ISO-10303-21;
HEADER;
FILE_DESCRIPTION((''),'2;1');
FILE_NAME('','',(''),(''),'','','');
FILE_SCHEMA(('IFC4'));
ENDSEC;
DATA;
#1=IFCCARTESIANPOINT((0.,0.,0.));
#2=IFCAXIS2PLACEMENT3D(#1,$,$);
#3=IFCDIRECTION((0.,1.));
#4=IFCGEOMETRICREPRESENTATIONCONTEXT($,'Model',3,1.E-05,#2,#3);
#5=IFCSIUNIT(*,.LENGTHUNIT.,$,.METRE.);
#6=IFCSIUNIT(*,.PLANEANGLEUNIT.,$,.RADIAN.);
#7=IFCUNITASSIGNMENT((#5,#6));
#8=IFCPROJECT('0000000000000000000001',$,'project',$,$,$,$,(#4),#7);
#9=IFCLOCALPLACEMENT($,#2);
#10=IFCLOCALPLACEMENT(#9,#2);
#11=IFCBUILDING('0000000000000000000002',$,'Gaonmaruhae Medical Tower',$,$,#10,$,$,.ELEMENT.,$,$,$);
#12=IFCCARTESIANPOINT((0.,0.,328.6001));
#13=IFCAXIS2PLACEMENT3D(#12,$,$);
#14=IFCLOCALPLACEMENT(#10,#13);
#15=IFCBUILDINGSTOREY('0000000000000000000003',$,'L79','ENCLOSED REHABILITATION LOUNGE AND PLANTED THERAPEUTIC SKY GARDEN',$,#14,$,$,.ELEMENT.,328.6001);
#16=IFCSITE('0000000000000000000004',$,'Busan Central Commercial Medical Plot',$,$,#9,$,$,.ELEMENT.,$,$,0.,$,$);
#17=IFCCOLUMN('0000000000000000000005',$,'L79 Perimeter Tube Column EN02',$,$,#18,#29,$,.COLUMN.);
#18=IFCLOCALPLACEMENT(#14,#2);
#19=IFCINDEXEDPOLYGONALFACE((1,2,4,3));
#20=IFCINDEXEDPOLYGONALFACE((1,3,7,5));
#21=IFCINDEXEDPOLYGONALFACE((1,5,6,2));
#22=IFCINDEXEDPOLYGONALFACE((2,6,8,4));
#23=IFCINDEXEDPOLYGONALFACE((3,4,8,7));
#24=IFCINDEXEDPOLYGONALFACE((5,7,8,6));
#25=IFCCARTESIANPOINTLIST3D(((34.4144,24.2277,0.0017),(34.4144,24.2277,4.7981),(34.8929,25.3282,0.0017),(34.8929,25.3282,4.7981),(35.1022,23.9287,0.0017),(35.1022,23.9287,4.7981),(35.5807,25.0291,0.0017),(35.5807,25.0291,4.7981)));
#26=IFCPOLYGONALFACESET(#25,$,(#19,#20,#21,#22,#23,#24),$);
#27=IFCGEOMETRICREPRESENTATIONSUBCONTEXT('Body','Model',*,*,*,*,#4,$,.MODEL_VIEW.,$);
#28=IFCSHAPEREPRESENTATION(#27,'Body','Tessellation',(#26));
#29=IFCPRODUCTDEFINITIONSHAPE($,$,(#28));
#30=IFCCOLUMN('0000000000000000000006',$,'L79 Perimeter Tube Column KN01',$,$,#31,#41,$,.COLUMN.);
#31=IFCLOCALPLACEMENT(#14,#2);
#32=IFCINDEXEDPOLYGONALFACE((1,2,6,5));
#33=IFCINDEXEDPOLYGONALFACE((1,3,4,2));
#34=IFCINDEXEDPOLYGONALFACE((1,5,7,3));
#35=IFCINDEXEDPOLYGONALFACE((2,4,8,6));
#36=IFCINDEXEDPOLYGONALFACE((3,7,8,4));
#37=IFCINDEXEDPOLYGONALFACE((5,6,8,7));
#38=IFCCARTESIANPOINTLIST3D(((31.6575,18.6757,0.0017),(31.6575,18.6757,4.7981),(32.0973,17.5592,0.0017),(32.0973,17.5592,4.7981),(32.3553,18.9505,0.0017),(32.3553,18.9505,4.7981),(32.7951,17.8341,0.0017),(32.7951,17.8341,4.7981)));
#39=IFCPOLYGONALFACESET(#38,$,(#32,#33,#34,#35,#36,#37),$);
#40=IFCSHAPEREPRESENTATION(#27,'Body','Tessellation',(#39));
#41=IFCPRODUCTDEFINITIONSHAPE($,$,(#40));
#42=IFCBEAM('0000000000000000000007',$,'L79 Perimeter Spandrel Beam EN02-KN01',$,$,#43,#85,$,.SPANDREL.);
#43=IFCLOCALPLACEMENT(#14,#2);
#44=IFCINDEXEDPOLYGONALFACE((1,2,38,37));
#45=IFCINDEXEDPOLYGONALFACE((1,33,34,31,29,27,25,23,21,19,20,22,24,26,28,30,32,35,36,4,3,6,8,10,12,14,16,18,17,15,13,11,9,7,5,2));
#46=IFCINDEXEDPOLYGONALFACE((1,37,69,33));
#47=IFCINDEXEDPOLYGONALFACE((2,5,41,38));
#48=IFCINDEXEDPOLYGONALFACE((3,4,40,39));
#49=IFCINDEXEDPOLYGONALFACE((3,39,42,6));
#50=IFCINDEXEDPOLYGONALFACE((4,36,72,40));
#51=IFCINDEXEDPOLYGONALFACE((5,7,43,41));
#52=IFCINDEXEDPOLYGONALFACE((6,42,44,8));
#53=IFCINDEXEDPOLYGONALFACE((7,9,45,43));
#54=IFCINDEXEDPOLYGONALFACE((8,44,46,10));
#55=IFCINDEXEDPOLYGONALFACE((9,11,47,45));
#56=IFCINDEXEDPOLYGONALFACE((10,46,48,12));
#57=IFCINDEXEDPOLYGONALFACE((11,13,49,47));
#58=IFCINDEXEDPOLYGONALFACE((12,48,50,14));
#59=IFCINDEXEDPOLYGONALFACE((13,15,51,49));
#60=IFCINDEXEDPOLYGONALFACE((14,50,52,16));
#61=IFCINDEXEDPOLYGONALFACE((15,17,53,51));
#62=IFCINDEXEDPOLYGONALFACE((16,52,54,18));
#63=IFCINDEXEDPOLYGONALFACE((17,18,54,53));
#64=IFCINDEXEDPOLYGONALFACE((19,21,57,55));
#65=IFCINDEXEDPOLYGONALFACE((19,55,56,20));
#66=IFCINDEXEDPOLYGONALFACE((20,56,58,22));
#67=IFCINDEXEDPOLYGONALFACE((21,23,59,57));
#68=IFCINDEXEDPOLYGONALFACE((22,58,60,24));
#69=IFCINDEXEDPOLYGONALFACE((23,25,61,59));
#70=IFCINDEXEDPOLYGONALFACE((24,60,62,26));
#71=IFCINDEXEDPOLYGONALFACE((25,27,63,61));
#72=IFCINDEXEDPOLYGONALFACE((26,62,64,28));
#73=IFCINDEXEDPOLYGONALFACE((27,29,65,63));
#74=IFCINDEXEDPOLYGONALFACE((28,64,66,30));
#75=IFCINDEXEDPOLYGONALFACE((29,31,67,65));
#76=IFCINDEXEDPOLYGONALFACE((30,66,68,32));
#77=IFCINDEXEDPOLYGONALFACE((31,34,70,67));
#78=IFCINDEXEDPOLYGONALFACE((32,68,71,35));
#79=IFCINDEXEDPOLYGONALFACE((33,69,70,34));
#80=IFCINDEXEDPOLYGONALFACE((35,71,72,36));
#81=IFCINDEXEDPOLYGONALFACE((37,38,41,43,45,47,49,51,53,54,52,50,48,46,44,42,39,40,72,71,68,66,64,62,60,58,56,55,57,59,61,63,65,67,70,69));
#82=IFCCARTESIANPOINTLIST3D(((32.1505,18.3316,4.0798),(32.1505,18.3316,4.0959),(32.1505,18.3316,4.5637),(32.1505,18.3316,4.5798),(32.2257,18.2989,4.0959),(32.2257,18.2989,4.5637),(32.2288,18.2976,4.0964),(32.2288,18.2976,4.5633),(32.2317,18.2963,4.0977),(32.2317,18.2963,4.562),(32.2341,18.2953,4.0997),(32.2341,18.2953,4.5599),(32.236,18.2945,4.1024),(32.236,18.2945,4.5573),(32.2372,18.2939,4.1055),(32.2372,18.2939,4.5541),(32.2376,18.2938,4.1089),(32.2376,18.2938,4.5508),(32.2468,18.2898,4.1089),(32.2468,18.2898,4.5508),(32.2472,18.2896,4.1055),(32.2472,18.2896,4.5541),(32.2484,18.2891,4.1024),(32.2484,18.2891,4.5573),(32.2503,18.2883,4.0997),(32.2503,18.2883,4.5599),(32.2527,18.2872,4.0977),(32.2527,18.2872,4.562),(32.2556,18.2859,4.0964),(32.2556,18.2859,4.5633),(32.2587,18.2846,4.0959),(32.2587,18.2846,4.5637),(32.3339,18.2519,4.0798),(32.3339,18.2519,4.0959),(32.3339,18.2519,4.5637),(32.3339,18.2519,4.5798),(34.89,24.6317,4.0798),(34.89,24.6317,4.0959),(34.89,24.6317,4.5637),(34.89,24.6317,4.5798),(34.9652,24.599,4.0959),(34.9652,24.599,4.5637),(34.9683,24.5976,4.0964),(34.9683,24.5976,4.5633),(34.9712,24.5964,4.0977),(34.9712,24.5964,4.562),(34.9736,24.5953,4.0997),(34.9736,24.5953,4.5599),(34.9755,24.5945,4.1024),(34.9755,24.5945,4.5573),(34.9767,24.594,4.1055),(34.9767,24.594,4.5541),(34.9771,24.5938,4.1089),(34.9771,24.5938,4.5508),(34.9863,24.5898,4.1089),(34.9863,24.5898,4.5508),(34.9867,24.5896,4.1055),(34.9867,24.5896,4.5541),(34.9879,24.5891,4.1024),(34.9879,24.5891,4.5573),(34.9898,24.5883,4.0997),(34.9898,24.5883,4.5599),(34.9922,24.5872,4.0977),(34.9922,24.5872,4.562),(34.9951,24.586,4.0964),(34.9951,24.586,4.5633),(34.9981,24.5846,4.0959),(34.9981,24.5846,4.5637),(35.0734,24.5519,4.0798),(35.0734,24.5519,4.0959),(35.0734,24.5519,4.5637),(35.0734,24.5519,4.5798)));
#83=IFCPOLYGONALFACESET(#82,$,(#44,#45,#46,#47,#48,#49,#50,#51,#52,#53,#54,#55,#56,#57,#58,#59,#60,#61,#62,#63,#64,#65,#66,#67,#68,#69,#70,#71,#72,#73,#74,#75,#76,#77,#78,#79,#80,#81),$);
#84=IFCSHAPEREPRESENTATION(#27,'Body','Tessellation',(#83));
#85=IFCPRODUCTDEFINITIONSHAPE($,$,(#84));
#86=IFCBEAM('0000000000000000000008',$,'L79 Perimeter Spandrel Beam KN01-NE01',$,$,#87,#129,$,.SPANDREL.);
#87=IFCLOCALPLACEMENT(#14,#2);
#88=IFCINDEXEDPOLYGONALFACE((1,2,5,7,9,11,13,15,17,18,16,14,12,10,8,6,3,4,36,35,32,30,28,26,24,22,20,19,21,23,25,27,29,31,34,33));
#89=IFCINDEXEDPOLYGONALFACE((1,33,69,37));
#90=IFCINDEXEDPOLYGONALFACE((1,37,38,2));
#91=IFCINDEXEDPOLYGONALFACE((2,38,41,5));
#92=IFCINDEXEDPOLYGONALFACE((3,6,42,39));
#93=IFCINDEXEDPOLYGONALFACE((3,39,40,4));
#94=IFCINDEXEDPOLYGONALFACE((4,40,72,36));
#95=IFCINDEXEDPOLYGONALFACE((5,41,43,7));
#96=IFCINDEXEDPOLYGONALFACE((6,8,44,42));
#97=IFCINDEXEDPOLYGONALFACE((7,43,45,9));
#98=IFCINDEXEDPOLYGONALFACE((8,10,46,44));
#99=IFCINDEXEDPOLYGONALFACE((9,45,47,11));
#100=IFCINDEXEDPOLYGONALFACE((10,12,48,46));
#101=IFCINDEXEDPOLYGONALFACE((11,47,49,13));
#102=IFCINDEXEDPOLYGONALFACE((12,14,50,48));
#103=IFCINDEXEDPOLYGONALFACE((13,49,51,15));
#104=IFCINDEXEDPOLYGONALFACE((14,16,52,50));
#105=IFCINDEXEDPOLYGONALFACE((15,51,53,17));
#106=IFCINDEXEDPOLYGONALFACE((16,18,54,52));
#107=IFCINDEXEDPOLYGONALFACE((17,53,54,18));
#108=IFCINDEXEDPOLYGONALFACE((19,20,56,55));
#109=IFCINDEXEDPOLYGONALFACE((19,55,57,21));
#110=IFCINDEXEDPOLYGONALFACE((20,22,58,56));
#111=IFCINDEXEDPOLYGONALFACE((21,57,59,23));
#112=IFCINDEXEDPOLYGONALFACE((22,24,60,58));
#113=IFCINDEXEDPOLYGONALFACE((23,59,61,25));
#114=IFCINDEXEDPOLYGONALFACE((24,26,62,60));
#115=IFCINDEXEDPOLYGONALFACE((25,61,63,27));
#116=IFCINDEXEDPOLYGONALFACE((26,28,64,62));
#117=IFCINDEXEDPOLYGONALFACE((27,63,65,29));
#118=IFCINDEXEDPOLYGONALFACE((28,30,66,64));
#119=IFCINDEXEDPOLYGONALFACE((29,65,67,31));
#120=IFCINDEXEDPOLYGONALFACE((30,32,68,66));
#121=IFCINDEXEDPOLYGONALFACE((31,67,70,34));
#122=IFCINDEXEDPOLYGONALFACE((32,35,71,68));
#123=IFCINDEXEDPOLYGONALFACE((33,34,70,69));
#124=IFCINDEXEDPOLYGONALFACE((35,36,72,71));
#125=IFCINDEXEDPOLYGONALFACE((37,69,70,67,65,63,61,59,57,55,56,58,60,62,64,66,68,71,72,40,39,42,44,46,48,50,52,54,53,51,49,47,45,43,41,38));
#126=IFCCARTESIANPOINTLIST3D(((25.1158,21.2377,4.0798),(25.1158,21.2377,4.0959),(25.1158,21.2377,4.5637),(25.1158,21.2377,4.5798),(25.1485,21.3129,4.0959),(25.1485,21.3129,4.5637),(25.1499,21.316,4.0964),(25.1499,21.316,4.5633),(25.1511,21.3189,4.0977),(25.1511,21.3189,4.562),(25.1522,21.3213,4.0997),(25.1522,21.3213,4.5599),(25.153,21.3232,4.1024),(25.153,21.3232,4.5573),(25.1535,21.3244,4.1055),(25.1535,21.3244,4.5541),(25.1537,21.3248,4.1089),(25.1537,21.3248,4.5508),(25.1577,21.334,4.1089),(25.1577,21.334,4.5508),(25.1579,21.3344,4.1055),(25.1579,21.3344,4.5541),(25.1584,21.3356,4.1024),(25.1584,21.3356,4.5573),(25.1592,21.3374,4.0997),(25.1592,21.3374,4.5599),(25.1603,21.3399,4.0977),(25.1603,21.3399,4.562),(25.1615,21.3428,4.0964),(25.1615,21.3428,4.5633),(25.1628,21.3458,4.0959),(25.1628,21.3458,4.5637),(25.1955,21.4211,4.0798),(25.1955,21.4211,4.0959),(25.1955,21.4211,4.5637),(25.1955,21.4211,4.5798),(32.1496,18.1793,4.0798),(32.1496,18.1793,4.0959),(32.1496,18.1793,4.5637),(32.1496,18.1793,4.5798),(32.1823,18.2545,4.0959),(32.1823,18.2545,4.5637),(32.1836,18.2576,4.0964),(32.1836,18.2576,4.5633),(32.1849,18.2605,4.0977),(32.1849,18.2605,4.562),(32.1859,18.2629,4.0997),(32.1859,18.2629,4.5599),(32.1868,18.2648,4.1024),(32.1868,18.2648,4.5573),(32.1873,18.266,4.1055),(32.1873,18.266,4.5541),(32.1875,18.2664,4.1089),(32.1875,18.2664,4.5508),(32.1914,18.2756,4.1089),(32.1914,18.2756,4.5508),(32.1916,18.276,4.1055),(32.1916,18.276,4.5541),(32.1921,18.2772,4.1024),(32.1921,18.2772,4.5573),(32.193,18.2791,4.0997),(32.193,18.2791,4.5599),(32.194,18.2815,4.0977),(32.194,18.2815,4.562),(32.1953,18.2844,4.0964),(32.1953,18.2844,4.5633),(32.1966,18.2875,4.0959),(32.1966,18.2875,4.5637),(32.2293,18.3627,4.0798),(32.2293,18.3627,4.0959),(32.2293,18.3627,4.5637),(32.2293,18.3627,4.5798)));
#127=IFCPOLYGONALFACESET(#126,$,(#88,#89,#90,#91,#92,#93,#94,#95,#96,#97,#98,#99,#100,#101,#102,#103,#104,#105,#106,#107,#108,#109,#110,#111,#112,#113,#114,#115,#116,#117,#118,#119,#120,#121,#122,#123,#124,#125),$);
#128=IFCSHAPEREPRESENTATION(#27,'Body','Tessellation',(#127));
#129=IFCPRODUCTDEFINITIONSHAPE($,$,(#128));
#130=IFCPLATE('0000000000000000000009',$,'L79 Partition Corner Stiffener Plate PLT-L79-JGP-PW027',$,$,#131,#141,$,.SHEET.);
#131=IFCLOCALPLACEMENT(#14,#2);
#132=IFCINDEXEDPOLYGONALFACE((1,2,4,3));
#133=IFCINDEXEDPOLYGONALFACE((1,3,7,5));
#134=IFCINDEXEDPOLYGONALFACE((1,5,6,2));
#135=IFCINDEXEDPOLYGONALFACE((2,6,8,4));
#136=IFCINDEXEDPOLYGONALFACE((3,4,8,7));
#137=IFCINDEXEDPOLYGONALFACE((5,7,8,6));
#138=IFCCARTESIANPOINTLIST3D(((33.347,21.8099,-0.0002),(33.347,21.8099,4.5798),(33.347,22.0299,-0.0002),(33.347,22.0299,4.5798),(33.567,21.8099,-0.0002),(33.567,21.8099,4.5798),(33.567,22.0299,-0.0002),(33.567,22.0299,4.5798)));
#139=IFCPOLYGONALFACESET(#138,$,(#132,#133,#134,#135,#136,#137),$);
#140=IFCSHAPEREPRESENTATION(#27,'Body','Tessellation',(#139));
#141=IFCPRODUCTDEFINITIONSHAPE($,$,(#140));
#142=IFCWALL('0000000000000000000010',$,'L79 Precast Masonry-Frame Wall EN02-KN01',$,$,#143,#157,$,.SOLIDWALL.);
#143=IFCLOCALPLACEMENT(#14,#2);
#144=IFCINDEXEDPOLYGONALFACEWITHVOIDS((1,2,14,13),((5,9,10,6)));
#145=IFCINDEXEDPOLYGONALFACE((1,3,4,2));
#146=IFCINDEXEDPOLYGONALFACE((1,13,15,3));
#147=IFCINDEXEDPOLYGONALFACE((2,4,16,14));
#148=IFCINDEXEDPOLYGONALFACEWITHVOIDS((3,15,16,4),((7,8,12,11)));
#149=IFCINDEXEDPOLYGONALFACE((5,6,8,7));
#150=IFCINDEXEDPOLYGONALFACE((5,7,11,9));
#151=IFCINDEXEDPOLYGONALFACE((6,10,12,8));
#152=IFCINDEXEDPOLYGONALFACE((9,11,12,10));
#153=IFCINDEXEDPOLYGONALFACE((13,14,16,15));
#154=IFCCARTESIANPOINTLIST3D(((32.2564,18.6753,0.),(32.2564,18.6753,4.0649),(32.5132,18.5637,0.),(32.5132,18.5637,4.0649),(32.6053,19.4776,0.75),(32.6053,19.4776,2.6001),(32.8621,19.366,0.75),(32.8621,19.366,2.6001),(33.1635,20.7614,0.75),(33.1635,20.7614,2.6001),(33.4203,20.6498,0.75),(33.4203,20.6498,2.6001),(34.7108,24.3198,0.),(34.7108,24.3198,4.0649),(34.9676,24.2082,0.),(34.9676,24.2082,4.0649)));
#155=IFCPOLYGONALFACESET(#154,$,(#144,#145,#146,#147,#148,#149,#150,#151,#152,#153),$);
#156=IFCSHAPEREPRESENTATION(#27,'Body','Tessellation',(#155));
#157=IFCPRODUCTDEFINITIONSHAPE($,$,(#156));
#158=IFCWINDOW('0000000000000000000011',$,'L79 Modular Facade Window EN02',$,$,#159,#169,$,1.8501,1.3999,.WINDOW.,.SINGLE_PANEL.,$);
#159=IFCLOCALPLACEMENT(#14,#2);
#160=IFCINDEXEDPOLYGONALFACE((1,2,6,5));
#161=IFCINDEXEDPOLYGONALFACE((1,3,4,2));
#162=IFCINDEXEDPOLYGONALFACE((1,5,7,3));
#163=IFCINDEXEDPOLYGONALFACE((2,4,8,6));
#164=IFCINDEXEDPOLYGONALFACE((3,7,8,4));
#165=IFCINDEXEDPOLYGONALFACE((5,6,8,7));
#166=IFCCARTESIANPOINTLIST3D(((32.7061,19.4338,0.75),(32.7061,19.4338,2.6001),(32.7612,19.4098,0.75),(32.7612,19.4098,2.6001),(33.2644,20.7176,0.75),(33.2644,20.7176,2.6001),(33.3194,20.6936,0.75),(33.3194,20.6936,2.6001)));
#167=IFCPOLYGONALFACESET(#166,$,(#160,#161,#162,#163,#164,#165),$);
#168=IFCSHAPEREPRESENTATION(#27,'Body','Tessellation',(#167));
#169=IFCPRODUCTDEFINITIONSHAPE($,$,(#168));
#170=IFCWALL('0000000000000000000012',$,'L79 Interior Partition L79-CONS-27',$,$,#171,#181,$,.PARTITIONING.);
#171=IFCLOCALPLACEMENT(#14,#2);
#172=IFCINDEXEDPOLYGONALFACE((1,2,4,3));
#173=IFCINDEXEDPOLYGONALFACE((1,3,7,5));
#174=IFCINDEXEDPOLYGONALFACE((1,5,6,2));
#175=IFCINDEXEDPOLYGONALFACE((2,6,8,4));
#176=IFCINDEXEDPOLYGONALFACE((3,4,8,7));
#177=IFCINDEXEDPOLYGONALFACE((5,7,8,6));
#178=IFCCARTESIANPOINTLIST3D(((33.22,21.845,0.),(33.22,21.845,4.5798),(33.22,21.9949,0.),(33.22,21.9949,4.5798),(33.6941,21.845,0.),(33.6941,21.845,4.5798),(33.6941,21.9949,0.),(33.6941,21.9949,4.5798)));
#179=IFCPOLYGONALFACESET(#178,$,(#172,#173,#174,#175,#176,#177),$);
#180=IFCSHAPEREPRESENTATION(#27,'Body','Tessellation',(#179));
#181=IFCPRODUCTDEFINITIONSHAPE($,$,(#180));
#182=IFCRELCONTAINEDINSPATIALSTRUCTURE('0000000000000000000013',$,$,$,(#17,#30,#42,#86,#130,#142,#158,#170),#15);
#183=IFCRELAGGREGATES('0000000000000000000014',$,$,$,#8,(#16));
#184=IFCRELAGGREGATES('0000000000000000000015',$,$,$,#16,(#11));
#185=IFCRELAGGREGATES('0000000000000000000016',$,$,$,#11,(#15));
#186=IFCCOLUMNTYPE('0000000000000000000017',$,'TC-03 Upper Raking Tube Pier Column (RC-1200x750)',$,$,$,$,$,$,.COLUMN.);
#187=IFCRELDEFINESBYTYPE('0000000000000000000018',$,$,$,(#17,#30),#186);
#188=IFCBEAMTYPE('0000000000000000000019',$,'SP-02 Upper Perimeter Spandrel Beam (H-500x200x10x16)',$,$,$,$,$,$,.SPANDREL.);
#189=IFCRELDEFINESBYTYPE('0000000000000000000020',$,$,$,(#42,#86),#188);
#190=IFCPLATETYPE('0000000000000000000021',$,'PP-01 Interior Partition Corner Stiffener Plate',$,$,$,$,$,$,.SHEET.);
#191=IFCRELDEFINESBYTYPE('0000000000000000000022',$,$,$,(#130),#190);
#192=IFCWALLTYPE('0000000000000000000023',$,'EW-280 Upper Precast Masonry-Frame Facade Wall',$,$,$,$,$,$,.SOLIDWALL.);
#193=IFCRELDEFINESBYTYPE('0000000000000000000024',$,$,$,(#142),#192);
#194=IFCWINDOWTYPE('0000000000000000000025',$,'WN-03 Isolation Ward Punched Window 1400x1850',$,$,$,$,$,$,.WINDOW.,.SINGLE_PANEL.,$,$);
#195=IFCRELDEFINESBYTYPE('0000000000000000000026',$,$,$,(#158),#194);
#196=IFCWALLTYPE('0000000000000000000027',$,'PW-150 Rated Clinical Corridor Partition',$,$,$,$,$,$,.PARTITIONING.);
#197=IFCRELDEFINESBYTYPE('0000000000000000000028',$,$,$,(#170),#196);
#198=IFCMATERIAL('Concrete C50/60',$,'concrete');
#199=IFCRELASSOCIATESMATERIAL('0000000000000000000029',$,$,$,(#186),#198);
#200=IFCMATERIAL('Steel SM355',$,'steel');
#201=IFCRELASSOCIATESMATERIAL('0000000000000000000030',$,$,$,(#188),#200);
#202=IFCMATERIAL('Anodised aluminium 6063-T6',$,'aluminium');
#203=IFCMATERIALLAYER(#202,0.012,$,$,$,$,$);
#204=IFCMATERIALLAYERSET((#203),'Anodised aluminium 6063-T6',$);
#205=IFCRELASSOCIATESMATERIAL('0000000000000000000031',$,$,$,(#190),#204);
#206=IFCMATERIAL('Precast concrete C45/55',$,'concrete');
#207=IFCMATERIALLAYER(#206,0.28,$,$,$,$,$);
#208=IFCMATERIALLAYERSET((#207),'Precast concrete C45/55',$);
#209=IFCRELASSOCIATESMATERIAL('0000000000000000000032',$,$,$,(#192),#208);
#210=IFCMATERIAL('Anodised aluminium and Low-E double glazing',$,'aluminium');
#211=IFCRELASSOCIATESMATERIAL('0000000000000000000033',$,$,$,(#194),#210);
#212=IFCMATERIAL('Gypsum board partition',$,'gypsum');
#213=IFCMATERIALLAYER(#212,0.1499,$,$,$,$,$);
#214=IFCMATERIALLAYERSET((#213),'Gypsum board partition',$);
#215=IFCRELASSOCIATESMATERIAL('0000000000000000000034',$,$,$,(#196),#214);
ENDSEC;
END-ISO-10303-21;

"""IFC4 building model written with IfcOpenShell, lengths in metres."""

from ifc_helpers import new_model, si_unit, direction, frame, frame_2d, origin, origin_2d, place, context, subcontext, project, spatial, rectangle, i_section, extrude, material, layer, layer_set, material_profile, profile_set, type_object, element, fill, save


model = new_model("IFC4")

# Units and contexts
model_context = context("Model", 3, precision=1e-05, world=origin(), true_north=direction((0.0, 1.0)))
body_context = subcontext(model_context, "Body", "Model", "MODEL_VIEW")
ifc_project = project(units=[si_unit("LENGTHUNIT", "METRE"), si_unit("PLANEANGLEUNIT", "RADIAN")], contexts=[model_context])

# Site, building, storey
site_placement = place(None, origin())
site = spatial("IfcSite", under=ifc_project, at=site_placement, Name="Busan Central Commercial Medical Plot", CompositionType="ELEMENT", RefElevation=0.0)
building_placement = place(site_placement, origin())
building = spatial("IfcBuilding", under=site, at=building_placement, Name="Gaonmaruhae Medical Tower", CompositionType="ELEMENT")
storey_placement = place(building_placement, frame((0.0, 0.0, 328.6001)))
storey = spatial("IfcBuildingStorey", under=building, at=storey_placement, Name="L79", Description="ENCLOSED REHABILITATION LOUNGE AND PLANTED THERAPEUTIC SKY GARDEN", CompositionType="ELEMENT", Elevation=328.6001)

# Columns
ifc_material_1 = material(Name="Concrete C50/60", Category="concrete")
ifc_material_profile_1 = material_profile(ifc_material_1, rectangle(XDim=1.2, YDim=0.75, at=origin_2d()), Name="RC-1200x750")
ifc_profile_set_1 = profile_set([ifc_material_profile_1], Name="Concrete C50/60")
column_type = type_object("IfcColumnType", Name="TC-03 Upper Raking Tube Pier Column (RC-1200x750)", PredefinedType="COLUMN", material=ifc_profile_set_1)
for number, where, z_axis, x_axis, name in (
    (1, (34.9976, 24.6284, 0.0017), (0.0, 0.0, 1.0), (0.398749, 0.91706, 0.0), "L79 Perimeter Tube Column EN02"),
    (2, (32.2263, 18.2549, 0.0017), (0.0, 0.0, 1.0), (-0.366501, 0.930418, 0.0), "L79 Perimeter Tube Column KN01"),
):
    element("IfcColumn", number, at=place(storey_placement, frame(where, z_axis=z_axis, x_axis=x_axis)), inside=storey, type_object=column_type, Name=name, PredefinedType="COLUMN", context=body_context, shape_type="SweptSolid", body=[
        extrude(rectangle(XDim=1.2, YDim=0.75, at=origin_2d()), origin(), (0.0, 0.0, 1.0), 4.7964),
    ])

# Beams
ifc_material_2 = material(Name="Steel SM355", Category="steel")
ifc_material_profile_2 = material_profile(ifc_material_2, i_section(OverallWidth=0.2, OverallDepth=0.5, WebThickness=0.01, FlangeThickness=0.0161, FilletRadius=0.0129, at=origin_2d()), Name="H-500x200x10x16")
ifc_profile_set_2 = profile_set([ifc_material_profile_2], Name="Steel SM355")
beam_type = type_object("IfcBeamType", Name="SP-02 Upper Perimeter Spandrel Beam (H-500x200x10x16)", PredefinedType="SPANDREL", material=ifc_profile_set_2)
beam_1_placement = place(storey_placement, frame((34.9817, 24.5918, 4.3298), z_axis=(-0.398769, -0.917051, 0.0), x_axis=(0.917051, -0.398769, 0.0)))
element("IfcBeam", 3, at=beam_1_placement, inside=storey, type_object=beam_type, Name="L79 Perimeter Spandrel Beam EN02-KN01", PredefinedType="SPANDREL", context=body_context, shape_type="SweptSolid", body=[
    extrude(i_section(OverallWidth=0.2, OverallDepth=0.5, WebThickness=0.01, FlangeThickness=0.0161, FilletRadius=0.0129, at=origin_2d()), origin(), (0.0, 0.0, 1.0), 6.8699),
])
beam_2_placement = place(storey_placement, frame((32.1895, 18.271, 4.3298), z_axis=(-0.917059, 0.398751, 0.0), x_axis=(-0.398751, -0.917059, 0.0)))
element("IfcBeam", 4, at=beam_2_placement, inside=storey, type_object=beam_type, Name="L79 Perimeter Spandrel Beam KN01-NE01", PredefinedType="SPANDREL", context=body_context, shape_type="SweptSolid", body=[
    extrude(i_section(OverallWidth=0.2, OverallDepth=0.5, WebThickness=0.01, FlangeThickness=0.0161, FilletRadius=0.0129, at=origin_2d()), origin(), (0.0, 0.0, 1.0), 7.6699),
])

# Plate
ifc_material_3 = material(Name="Anodised aluminium 6063-T6", Category="aluminium")
ifc_layer_1 = layer(ifc_material_3, 0.012)
ifc_layer_set_1 = layer_set([ifc_layer_1], Name="Anodised aluminium 6063-T6")
plate_type = type_object("IfcPlateType", Name="PP-01 Interior Partition Corner Stiffener Plate", PredefinedType="SHEET", material=ifc_layer_set_1)
plate_placement = place(storey_placement, frame((33.457, 21.9199, -0.0002), z_axis=(0.0, 0.0, 1.0), x_axis=(-1.0, 0.0, 0.0)))
element("IfcPlate", 5, at=plate_placement, inside=storey, type_object=plate_type, Name="L79 Partition Corner Stiffener Plate PLT-L79-JGP-PW027", PredefinedType="SHEET", context=body_context, shape_type="SweptSolid", body=[
    extrude(rectangle(XDim=0.22, YDim=0.22, at=origin_2d()), origin(), (0.0, 0.0, 1.0), 4.5801),
])

# Wall, opening, window
ifc_material_4 = material(Name="Precast concrete C45/55", Category="concrete")
ifc_layer_2 = layer(ifc_material_4, 0.28)
ifc_layer_set_2 = layer_set([ifc_layer_2], Name="Precast concrete C45/55")
wall_type_1 = type_object("IfcWallType", Name="EW-280 Upper Precast Masonry-Frame Facade Wall", PredefinedType="SOLIDWALL", material=ifc_layer_set_2)
wall_1_placement = place(storey_placement, frame((32.3848, 18.6194, 0.0), z_axis=(0.0, 0.0, 1.0), x_axis=(0.398754, 0.917058, 0.0)))
wall_1 = element("IfcWall", 6, at=wall_1_placement, inside=storey, type_object=wall_type_1, Name="L79 Precast Masonry-Frame Wall EN02-KN01", PredefinedType="SOLIDWALL", context=body_context, shape_type="SweptSolid", body=[
    extrude(rectangle(XDim=6.155, YDim=0.28, at=frame_2d((3.0776, 0.0))), origin(), (0.0, 0.0, 1.0), 4.0649),
])
opening_1_placement = place(wall_1_placement, frame((0.875, 0.0, 0.75)))
opening_1 = element("IfcOpeningElement", 7, at=opening_1_placement, cuts=wall_1, PredefinedType="OPENING", context=body_context, shape_type="SweptSolid", body=[
    extrude(rectangle(XDim=1.3999, YDim=1.8501, at=frame_2d((0.7, 0.925))), frame((0.0, 0.1499, 0.0), z_axis=(0.0, -1.0, 0.0), x_axis=(1.0, 0.0, 0.0)), (0.0, 0.0, 1.0), 0.3),
])
ifc_material_5 = material(Name="Anodised aluminium and Low-E double glazing", Category="aluminium")
window_type = type_object("IfcWindowType", Name="WN-03 Isolation Ward Punched Window 1400x1850", PartitioningType="SINGLE_PANEL", PredefinedType="WINDOW", material=ifc_material_5)
window_placement = place(opening_1_placement, origin())
window = element("IfcWindow", 8, at=window_placement, inside=storey, type_object=window_type, Name="L79 Modular Facade Window EN02", OverallHeight=1.8501, OverallWidth=1.3999, PartitioningType="SINGLE_PANEL", PredefinedType="WINDOW", context=body_context, shape_type="SweptSolid", body=[
    extrude(rectangle(XDim=1.3999, YDim=1.8501, at=frame_2d((0.7, 0.925))), frame((0.0, 0.03, 0.0), z_axis=(0.0, -1.0, 0.0), x_axis=(1.0, 0.0, 0.0)), (0.0, 0.0, 1.0), 0.0601),
])
fill(opening_1, window)

# Wall
ifc_material_6 = material(Name="Gypsum board partition", Category="gypsum")
ifc_layer_3 = layer(ifc_material_6, 0.1499)
ifc_layer_set_3 = layer_set([ifc_layer_3], Name="Gypsum board partition")
wall_type_2 = type_object("IfcWallType", Name="PW-150 Rated Clinical Corridor Partition", PredefinedType="PARTITIONING", material=ifc_layer_set_3)
wall_2_placement = place(storey_placement, frame((33.6941, 21.9199, 0.0), z_axis=(0.0, 0.0, 1.0), x_axis=(-1.0, 0.0, 0.0)))
element("IfcWall", 9, at=wall_2_placement, inside=storey, type_object=wall_type_2, Name="L79 Interior Partition L79-CONS-27", PredefinedType="PARTITIONING", context=body_context, shape_type="SweptSolid", body=[
    extrude(rectangle(XDim=0.4741, YDim=0.1499, at=frame_2d((0.2371, 0.0))), origin(), (0.0, 0.0, 1.0), 4.5798),
])

save(model, "model.ifc")
